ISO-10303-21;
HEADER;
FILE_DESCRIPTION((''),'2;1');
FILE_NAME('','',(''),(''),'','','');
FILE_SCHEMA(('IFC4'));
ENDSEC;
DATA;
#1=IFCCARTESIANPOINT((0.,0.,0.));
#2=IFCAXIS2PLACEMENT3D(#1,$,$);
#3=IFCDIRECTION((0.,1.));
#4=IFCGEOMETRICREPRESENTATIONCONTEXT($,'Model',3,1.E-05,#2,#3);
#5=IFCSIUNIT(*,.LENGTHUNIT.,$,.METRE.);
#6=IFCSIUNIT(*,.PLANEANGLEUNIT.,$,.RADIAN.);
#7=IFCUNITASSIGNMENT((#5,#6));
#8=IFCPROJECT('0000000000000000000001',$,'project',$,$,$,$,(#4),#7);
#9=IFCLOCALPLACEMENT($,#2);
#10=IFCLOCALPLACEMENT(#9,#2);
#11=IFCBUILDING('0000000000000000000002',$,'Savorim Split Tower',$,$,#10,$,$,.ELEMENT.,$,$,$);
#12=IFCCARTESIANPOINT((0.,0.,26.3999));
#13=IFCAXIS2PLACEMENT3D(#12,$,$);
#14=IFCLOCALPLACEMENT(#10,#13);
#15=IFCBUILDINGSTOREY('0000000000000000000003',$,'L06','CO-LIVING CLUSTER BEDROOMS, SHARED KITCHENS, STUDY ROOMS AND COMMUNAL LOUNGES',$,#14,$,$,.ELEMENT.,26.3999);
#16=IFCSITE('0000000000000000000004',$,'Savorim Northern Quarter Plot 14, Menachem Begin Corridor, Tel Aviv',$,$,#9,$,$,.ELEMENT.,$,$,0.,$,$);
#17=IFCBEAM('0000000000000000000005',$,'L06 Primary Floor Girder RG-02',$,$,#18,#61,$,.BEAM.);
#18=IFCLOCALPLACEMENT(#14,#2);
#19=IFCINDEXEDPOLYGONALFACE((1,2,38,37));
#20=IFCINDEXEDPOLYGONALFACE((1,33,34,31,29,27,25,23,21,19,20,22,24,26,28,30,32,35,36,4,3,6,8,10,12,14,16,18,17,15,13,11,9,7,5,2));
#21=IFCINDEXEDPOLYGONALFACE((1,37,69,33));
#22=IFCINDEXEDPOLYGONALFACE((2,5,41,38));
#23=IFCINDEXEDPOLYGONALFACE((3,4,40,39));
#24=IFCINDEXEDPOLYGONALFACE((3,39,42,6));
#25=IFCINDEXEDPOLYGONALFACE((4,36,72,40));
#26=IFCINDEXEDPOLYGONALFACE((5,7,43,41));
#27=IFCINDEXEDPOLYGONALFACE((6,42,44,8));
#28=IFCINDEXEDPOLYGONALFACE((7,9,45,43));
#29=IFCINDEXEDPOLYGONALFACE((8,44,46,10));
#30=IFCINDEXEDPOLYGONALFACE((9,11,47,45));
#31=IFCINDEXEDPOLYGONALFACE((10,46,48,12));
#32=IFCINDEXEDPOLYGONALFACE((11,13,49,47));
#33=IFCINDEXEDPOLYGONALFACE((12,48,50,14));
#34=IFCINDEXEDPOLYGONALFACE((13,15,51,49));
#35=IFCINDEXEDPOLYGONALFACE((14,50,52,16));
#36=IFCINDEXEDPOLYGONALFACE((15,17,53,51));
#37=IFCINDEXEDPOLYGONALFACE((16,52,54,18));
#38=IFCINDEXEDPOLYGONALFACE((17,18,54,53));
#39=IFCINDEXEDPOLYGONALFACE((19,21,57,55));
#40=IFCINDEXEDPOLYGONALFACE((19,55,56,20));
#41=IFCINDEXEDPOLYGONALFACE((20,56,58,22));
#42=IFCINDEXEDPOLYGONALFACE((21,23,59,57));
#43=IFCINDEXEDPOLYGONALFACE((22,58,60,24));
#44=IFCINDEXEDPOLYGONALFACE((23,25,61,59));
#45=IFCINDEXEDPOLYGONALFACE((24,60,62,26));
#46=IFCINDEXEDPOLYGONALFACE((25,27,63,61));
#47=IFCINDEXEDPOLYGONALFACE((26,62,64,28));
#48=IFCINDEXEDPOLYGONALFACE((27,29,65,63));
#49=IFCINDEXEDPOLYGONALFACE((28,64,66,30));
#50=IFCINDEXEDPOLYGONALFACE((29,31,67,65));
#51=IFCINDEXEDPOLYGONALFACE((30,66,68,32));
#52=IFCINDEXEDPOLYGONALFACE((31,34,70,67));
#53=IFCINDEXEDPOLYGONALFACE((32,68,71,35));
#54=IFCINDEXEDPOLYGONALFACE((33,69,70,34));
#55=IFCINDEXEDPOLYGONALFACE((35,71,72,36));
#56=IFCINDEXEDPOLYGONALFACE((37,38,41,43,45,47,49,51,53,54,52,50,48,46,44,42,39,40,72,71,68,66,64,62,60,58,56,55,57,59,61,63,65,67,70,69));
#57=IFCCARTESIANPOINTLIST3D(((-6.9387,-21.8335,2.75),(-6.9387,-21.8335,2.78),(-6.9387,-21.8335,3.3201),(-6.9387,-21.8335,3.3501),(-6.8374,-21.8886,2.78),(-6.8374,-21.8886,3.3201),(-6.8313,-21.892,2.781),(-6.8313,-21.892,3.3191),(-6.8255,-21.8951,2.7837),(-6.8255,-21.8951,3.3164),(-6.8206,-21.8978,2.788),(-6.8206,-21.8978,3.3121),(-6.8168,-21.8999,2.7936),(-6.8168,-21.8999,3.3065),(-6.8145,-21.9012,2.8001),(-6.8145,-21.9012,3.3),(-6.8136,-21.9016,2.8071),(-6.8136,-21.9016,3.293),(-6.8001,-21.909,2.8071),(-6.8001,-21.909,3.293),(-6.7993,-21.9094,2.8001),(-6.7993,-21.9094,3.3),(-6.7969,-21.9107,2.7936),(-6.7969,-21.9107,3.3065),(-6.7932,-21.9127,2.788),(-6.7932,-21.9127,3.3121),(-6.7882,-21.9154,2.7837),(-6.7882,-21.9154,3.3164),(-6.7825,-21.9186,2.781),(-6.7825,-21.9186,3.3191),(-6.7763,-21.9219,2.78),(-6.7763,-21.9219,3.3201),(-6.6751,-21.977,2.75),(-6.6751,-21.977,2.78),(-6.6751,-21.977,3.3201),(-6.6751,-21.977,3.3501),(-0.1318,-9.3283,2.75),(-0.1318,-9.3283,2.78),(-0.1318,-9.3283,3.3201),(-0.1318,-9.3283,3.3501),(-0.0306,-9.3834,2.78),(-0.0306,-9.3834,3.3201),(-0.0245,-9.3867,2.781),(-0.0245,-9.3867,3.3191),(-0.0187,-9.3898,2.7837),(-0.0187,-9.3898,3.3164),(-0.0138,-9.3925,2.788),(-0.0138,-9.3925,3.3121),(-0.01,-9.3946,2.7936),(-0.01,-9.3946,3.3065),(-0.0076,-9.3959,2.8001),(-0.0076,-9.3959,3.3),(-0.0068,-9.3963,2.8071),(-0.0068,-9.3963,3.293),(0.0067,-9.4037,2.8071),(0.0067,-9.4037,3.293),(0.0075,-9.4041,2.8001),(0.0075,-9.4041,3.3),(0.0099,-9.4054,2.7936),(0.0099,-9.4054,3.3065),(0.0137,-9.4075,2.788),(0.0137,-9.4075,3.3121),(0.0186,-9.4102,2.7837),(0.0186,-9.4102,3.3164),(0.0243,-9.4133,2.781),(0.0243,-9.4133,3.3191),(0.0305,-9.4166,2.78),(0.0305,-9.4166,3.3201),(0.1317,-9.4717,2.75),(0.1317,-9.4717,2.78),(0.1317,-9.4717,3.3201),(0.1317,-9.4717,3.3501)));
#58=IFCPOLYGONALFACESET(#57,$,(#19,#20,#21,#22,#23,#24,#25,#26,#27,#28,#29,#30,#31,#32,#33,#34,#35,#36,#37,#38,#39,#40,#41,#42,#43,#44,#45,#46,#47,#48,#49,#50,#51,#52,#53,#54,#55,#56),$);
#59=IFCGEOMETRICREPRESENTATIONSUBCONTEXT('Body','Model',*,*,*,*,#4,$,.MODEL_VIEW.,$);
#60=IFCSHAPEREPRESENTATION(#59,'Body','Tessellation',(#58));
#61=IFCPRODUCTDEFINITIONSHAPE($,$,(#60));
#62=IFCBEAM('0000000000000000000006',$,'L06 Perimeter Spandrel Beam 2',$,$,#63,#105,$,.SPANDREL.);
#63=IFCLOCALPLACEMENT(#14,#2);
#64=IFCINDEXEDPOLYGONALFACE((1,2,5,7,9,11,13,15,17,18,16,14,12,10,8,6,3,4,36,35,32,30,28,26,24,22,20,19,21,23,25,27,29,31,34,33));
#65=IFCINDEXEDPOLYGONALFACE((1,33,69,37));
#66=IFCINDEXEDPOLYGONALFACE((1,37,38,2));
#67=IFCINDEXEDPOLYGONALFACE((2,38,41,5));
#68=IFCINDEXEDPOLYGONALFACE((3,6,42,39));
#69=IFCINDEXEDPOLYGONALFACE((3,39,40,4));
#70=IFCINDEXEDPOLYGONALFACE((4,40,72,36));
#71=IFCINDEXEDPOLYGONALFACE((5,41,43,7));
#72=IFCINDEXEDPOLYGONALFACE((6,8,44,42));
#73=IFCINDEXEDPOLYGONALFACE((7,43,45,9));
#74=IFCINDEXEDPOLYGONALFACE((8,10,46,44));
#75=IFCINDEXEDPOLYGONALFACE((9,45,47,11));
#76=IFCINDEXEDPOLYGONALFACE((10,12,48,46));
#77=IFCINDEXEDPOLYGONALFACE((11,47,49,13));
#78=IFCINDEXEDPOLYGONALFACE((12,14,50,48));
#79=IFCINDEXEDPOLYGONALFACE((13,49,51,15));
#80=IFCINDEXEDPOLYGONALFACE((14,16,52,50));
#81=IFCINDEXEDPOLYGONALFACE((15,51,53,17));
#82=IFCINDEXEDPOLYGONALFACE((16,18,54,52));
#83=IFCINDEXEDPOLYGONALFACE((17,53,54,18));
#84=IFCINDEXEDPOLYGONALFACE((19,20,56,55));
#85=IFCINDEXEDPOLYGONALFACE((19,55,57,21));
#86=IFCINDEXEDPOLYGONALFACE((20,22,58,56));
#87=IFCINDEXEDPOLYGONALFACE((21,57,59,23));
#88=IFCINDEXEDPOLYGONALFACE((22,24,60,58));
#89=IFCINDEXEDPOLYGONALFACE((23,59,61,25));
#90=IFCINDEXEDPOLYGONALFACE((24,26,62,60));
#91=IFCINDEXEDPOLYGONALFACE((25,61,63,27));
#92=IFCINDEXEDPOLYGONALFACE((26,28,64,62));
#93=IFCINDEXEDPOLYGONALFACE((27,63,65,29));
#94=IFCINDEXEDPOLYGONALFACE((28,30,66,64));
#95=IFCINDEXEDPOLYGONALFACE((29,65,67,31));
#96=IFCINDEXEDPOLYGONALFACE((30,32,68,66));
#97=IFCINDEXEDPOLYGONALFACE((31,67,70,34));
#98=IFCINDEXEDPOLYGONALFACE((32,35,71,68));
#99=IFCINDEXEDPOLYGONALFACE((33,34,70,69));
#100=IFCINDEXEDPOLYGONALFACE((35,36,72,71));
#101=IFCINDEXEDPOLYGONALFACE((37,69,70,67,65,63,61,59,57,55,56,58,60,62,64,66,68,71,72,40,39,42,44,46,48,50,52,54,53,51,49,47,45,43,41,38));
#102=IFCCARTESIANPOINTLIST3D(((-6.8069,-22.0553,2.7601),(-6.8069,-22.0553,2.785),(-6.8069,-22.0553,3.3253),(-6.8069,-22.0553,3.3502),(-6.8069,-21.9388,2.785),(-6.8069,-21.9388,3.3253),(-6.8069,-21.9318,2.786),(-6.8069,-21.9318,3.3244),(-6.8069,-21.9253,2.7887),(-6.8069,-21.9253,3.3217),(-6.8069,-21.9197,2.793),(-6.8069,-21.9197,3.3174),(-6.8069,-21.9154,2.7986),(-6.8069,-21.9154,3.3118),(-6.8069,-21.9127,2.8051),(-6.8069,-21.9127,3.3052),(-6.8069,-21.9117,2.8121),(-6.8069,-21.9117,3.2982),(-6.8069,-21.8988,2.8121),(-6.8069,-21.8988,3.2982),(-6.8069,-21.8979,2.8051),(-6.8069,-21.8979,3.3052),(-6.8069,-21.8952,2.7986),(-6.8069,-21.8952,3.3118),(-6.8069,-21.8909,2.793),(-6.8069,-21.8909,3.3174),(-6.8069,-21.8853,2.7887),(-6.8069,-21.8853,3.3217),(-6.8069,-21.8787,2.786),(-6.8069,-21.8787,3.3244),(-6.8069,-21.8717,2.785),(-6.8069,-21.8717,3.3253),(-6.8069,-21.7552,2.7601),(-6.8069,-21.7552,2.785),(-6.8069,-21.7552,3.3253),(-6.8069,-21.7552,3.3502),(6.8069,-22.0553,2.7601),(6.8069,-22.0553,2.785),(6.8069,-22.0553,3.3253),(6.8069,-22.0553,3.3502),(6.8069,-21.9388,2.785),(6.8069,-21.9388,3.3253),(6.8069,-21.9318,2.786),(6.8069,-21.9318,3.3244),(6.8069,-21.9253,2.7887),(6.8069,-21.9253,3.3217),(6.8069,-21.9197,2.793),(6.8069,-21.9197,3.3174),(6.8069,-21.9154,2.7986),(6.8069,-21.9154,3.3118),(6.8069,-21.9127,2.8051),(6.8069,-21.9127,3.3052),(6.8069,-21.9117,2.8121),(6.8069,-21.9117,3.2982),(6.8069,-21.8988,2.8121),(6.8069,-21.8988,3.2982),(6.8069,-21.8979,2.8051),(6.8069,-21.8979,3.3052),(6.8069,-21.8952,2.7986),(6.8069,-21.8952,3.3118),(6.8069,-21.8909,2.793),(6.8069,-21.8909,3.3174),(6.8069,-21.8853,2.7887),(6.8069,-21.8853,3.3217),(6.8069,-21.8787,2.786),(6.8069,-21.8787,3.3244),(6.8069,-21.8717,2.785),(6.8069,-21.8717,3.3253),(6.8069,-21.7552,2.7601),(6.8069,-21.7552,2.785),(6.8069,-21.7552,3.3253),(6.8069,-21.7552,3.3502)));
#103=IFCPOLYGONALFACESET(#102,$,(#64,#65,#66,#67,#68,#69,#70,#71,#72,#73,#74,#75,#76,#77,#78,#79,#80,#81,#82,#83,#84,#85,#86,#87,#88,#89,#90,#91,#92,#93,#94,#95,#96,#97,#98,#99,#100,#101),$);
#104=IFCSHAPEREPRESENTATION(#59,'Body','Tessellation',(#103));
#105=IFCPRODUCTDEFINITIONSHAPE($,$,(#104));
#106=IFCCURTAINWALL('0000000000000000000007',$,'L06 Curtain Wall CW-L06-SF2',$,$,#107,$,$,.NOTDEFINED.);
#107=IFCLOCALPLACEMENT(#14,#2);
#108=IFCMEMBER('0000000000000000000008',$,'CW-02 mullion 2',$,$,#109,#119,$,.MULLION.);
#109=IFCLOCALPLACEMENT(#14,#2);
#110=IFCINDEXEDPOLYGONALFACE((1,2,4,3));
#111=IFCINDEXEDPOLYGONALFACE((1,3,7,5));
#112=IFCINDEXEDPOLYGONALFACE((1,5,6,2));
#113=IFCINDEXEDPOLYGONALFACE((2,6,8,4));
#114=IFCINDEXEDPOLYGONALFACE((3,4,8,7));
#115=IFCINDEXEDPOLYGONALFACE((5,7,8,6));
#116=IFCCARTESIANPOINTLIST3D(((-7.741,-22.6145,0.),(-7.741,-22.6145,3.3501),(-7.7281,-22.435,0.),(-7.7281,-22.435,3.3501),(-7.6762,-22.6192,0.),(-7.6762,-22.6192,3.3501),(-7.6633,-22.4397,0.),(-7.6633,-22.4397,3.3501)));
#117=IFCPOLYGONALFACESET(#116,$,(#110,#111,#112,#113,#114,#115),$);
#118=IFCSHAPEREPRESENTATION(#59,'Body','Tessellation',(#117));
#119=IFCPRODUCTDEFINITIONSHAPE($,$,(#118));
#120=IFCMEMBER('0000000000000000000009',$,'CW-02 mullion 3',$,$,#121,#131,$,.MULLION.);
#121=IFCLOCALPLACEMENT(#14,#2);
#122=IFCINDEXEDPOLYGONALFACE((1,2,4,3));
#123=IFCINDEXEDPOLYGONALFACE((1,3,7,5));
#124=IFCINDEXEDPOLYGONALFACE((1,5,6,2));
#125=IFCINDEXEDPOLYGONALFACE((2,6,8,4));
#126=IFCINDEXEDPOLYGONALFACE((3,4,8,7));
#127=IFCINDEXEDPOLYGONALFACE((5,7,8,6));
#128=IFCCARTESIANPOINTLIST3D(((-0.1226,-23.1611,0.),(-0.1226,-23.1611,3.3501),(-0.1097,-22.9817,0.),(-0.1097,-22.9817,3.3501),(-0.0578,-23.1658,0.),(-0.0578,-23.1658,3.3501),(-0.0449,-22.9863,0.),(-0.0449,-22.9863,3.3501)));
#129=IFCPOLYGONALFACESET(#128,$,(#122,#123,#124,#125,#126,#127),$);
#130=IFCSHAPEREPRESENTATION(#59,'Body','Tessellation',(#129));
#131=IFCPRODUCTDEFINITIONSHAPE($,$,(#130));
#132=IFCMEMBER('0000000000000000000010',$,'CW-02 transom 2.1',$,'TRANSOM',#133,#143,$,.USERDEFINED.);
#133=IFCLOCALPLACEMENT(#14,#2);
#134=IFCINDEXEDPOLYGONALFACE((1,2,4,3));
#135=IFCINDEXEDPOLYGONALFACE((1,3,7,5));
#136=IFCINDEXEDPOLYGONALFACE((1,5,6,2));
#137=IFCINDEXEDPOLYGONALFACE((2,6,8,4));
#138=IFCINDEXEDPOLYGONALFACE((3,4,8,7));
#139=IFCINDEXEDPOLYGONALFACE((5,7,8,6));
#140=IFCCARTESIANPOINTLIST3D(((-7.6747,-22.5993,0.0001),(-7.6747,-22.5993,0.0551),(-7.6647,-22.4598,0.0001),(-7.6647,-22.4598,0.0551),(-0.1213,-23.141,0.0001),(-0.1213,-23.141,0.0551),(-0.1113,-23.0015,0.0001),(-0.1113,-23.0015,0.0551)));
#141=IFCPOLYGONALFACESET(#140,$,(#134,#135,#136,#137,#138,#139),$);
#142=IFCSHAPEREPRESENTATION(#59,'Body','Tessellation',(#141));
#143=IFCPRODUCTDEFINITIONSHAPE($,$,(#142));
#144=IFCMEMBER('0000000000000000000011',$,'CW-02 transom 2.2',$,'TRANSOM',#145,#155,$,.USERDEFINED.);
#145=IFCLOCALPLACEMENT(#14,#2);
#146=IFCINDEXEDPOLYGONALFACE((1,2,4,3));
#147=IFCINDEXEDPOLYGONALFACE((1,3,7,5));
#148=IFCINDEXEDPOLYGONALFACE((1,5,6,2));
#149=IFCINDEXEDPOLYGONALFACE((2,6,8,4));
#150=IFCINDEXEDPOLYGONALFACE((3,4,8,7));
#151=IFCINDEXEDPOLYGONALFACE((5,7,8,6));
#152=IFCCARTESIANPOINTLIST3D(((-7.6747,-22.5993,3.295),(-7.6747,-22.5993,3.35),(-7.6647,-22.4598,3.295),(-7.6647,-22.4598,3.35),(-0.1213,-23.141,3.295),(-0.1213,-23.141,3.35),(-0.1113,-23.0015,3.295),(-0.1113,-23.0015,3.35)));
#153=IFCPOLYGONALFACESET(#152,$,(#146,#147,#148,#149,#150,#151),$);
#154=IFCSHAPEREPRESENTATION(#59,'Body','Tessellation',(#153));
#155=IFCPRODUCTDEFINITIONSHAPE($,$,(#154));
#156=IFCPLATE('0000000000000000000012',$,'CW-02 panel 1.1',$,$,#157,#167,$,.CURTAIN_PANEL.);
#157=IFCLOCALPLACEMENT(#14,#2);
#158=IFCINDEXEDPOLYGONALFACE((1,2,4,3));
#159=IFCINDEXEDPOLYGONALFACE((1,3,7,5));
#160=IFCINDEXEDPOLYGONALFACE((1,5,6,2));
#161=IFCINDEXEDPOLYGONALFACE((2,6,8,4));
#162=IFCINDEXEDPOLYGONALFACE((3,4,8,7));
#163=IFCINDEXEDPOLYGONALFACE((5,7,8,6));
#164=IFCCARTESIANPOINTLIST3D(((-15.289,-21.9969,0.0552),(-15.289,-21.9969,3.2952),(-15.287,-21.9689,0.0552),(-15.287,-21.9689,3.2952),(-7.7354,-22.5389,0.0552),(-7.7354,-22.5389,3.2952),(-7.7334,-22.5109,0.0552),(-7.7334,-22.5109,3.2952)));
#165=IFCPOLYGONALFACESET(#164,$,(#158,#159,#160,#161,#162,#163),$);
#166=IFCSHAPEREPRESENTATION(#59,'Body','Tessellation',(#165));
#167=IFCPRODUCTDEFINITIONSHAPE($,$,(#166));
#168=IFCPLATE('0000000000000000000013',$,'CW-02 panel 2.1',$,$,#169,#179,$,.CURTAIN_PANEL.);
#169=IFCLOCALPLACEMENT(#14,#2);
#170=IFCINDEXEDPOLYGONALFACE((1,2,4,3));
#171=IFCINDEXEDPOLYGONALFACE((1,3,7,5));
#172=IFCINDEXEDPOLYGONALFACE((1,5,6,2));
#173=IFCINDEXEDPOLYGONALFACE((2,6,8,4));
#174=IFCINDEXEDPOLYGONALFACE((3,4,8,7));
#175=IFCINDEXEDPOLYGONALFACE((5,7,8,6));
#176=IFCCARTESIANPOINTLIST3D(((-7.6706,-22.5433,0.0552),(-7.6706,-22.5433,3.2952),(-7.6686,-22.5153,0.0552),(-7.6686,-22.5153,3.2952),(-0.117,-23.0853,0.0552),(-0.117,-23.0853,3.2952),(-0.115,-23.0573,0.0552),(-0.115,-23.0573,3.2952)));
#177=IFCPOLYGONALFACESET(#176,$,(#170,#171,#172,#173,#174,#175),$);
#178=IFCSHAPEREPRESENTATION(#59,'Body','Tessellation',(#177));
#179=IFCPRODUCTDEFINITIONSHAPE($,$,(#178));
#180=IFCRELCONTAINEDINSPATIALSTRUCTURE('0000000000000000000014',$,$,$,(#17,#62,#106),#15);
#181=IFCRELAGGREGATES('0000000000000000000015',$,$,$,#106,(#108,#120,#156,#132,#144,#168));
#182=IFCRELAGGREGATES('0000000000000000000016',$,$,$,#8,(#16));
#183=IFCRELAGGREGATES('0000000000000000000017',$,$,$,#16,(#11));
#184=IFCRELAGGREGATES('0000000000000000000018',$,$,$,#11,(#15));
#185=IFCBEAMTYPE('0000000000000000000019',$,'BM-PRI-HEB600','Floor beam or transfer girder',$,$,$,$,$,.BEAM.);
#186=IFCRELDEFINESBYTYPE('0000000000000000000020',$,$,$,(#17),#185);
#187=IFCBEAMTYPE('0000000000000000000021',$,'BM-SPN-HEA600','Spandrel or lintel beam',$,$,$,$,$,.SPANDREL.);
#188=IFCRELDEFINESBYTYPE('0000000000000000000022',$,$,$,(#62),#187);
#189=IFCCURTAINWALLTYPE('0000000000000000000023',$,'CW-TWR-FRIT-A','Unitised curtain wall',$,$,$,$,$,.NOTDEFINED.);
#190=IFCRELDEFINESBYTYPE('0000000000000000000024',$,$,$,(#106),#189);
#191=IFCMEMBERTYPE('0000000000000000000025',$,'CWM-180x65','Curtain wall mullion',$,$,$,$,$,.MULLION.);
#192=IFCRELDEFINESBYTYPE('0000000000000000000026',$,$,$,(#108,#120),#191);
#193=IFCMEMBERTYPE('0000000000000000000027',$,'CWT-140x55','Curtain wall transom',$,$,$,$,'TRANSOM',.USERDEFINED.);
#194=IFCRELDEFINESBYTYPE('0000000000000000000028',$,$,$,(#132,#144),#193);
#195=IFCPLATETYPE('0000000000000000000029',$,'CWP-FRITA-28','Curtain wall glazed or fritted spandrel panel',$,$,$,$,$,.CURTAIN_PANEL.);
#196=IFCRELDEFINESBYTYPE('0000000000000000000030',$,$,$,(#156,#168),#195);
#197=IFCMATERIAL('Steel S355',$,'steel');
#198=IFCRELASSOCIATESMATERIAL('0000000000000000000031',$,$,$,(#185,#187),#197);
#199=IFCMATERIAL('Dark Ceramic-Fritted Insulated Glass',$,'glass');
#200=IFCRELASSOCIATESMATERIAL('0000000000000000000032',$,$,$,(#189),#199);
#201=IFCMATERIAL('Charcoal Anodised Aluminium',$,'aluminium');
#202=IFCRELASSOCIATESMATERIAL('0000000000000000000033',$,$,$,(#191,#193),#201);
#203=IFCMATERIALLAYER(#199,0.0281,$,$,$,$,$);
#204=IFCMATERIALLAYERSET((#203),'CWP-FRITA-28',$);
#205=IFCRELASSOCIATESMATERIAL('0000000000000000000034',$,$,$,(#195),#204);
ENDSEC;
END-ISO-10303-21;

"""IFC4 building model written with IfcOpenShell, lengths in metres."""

from ifc_helpers import new_model, si_unit, direction, frame, origin, origin_2d, place, context, subcontext, project, spatial, rectangle, i_section, extrude, material, layer, layer_set, material_profile, profile_set, type_object, element, aggregate, save


model = new_model("IFC4")

# Units and contexts
model_context = context("Model", 3, precision=1e-05, world=origin(), true_north=direction((0.0, 1.0)))
body_context = subcontext(model_context, "Body", "Model", "MODEL_VIEW")
ifc_project = project(units=[si_unit("LENGTHUNIT", "METRE"), si_unit("PLANEANGLEUNIT", "RADIAN")], contexts=[model_context])

# Site, building, storey
site_placement = place(None, origin())
site = spatial("IfcSite", under=ifc_project, at=site_placement, Name="Savorim Northern Quarter Plot 14, Menachem Begin Corridor, Tel Aviv", CompositionType="ELEMENT", RefElevation=0.0)
building_placement = place(site_placement, origin())
building = spatial("IfcBuilding", under=site, at=building_placement, Name="Savorim Split Tower", CompositionType="ELEMENT")
storey_placement = place(building_placement, frame((0.0, 0.0, 26.3999)))
storey = spatial("IfcBuildingStorey", under=building, at=storey_placement, Name="L06", Description="CO-LIVING CLUSTER BEDROOMS, SHARED KITCHENS, STUDY ROOMS AND COMMUNAL LOUNGES", CompositionType="ELEMENT", Elevation=26.3999)

# Beams
ifc_material_1 = material(Name="Steel S355", Category="steel")
ifc_material_profile_1 = material_profile(ifc_material_1, i_section(OverallWidth=0.3, OverallDepth=0.6001, WebThickness=0.0154, FlangeThickness=0.03, FilletRadius=0.0271, at=origin_2d()), Name="HEB 600")
ifc_profile_set_1 = profile_set([ifc_material_profile_1], Name="Steel S355")
beam_type_1 = type_object("IfcBeamType", Name="BM-PRI-HEB600", Description="Floor beam or transfer girder", PredefinedType="BEAM", material=ifc_profile_set_1)
beam_1_placement = place(storey_placement, frame((-6.8069, -21.9053, 3.05), z_axis=(0.478082, 0.878315, 0.0), x_axis=(-0.878315, 0.478082, 0.0)))
element("IfcBeam", 1, at=beam_1_placement, inside=storey, type_object=beam_type_1, Name="L06 Primary Floor Girder RG-02", PredefinedType="BEAM", context=body_context, shape_type="SweptSolid", body=[
    extrude(i_section(OverallWidth=0.3, OverallDepth=0.6001, WebThickness=0.0154, FlangeThickness=0.03, FilletRadius=0.0271, at=origin_2d()), origin(), (0.0, 0.0, 1.0), 14.2378),
])
ifc_material_profile_2 = material_profile(ifc_material_1, i_section(OverallWidth=0.3, OverallDepth=0.5901, WebThickness=0.0129, FlangeThickness=0.0249, FilletRadius=0.0271, at=origin_2d()), Name="HEA 600")
ifc_profile_set_2 = profile_set([ifc_material_profile_2], Name="Steel S355")
beam_type_2 = type_object("IfcBeamType", Name="BM-SPN-HEA600", Description="Spandrel or lintel beam", PredefinedType="SPANDREL", material=ifc_profile_set_2)
beam_2_placement = place(storey_placement, frame((-6.8069, -21.9053, 3.0552), z_axis=(1.0, 0.0, 0.0), x_axis=(0.0, 1.0, 0.0)))
element("IfcBeam", 2, at=beam_2_placement, inside=storey, type_object=beam_type_2, Name="L06 Perimeter Spandrel Beam 2", PredefinedType="SPANDREL", context=body_context, shape_type="SweptSolid", body=[
    extrude(i_section(OverallWidth=0.3, OverallDepth=0.5901, WebThickness=0.0129, FlangeThickness=0.0249, FilletRadius=0.0271, at=origin_2d()), origin(), (0.0, 0.0, 1.0), 13.6138),
])

# Curtain wall, members, plates
ifc_material_2 = material(Name="Dark Ceramic-Fritted Insulated Glass", Category="glass")
curtain_wall_type = type_object("IfcCurtainWallType", Name="CW-TWR-FRIT-A", Description="Unitised curtain wall", PredefinedType="NOTDEFINED", material=ifc_material_2)
curtain_wall_placement = place(storey_placement, origin())
curtain_wall = element("IfcCurtainWall", 3, at=curtain_wall_placement, inside=storey, type_object=curtain_wall_type, Name="L06 Curtain Wall CW-L06-SF2", PredefinedType="NOTDEFINED")
ifc_material_3 = material(Name="Charcoal Anodised Aluminium", Category="aluminium")
ifc_material_profile_3 = material_profile(ifc_material_3, rectangle(XDim=0.1799, YDim=0.0649, at=origin_2d()), Name="ALU-M 180x65")
ifc_profile_set_3 = profile_set([ifc_material_profile_3], Name="Charcoal Anodised Aluminium")
member_type_1 = type_object("IfcMemberType", Name="CWM-180x65", Description="Curtain wall mullion", PredefinedType="MULLION", material=ifc_profile_set_3)
member_1_placement = place(storey_placement, frame((-7.7021, -22.5271, 0.0), z_axis=(0.0, 0.0, 1.0), x_axis=(0.07156, 0.997436, 0.0)))
member_1 = element("IfcMember", 4, at=member_1_placement, type_object=member_type_1, Name="CW-02 mullion 2", PredefinedType="MULLION", context=body_context, shape_type="SweptSolid", body=[
    extrude(rectangle(XDim=0.1799, YDim=0.0649, at=origin_2d()), origin(), (0.0, 0.0, 1.0), 3.3501),
])
member_2_placement = place(storey_placement, frame((-0.0837, -23.0737, 0.0), z_axis=(0.0, 0.0, 1.0), x_axis=(0.07156, 0.997436, 0.0)))
member_2 = element("IfcMember", 5, at=member_2_placement, type_object=member_type_1, Name="CW-02 mullion 3", PredefinedType="MULLION", context=body_context, shape_type="SweptSolid", body=[
    extrude(rectangle(XDim=0.1799, YDim=0.0649, at=origin_2d()), origin(), (0.0, 0.0, 1.0), 3.3501),
])
ifc_material_profile_4 = material_profile(ifc_material_3, rectangle(XDim=0.1399, YDim=0.0549, at=origin_2d()), Name="ALU-T 140x55")
ifc_profile_set_4 = profile_set([ifc_material_profile_4], Name="Charcoal Anodised Aluminium")
member_type_2 = type_object("IfcMemberType", Name="CWT-140x55", Description="Curtain wall transom", ElementType="TRANSOM", PredefinedType="USERDEFINED", material=ifc_profile_set_4)
member_3_placement = place(storey_placement, frame((-7.6697, -22.5295, 0.0276), z_axis=(0.997438, -0.071538, 0.0), x_axis=(0.071538, 0.997438, 0.0)))
member_3 = element("IfcMember", 6, at=member_3_placement, type_object=member_type_2, Name="CW-02 transom 2.1", ObjectType="TRANSOM", PredefinedType="USERDEFINED", context=body_context, shape_type="SweptSolid", body=[
    extrude(rectangle(XDim=0.1399, YDim=0.0549, at=origin_2d()), origin(), (0.0, 0.0, 1.0), 7.5728),
])
member_4_placement = place(storey_placement, frame((-7.6697, -22.5295, 3.3225), z_axis=(0.997438, -0.071538, 0.0), x_axis=(0.071538, 0.997438, 0.0)))
member_4 = element("IfcMember", 7, at=member_4_placement, type_object=member_type_2, Name="CW-02 transom 2.2", ObjectType="TRANSOM", PredefinedType="USERDEFINED", context=body_context, shape_type="SweptSolid", body=[
    extrude(rectangle(XDim=0.1399, YDim=0.0549, at=origin_2d()), origin(), (0.0, 0.0, 1.0), 7.5728),
])
ifc_layer_1 = layer(ifc_material_2, 0.0281)
ifc_layer_set_1 = layer_set([ifc_layer_1], Name="CWP-FRITA-28")
plate_type = type_object("IfcPlateType", Name="CWP-FRITA-28", Description="Curtain wall glazed or fritted spandrel panel", PredefinedType="CURTAIN_PANEL", material=ifc_layer_set_1)
plate_1_placement = place(storey_placement, frame((-11.5112, -22.2539, 0.0552), z_axis=(0.0, 0.0, 1.0), x_axis=(0.997436, -0.07156, 0.0)))
plate_1 = element("IfcPlate", 8, at=plate_1_placement, type_object=plate_type, Name="CW-02 panel 1.1", PredefinedType="CURTAIN_PANEL", context=body_context, shape_type="SweptSolid", body=[
    extrude(rectangle(XDim=7.573, YDim=0.0281, at=origin_2d()), origin(), (0.0, 0.0, 1.0), 3.24),
])
plate_2_placement = place(storey_placement, frame((-3.8928, -22.8003, 0.0552), z_axis=(0.0, 0.0, 1.0), x_axis=(0.997436, -0.07156, 0.0)))
plate_2 = element("IfcPlate", 9, at=plate_2_placement, type_object=plate_type, Name="CW-02 panel 2.1", PredefinedType="CURTAIN_PANEL", context=body_context, shape_type="SweptSolid", body=[
    extrude(rectangle(XDim=7.573, YDim=0.0281, at=origin_2d()), origin(), (0.0, 0.0, 1.0), 3.24),
])
aggregate(curtain_wall, [member_1, member_2, plate_1, member_3, member_4, plate_2])

save(model, "model.ifc")
